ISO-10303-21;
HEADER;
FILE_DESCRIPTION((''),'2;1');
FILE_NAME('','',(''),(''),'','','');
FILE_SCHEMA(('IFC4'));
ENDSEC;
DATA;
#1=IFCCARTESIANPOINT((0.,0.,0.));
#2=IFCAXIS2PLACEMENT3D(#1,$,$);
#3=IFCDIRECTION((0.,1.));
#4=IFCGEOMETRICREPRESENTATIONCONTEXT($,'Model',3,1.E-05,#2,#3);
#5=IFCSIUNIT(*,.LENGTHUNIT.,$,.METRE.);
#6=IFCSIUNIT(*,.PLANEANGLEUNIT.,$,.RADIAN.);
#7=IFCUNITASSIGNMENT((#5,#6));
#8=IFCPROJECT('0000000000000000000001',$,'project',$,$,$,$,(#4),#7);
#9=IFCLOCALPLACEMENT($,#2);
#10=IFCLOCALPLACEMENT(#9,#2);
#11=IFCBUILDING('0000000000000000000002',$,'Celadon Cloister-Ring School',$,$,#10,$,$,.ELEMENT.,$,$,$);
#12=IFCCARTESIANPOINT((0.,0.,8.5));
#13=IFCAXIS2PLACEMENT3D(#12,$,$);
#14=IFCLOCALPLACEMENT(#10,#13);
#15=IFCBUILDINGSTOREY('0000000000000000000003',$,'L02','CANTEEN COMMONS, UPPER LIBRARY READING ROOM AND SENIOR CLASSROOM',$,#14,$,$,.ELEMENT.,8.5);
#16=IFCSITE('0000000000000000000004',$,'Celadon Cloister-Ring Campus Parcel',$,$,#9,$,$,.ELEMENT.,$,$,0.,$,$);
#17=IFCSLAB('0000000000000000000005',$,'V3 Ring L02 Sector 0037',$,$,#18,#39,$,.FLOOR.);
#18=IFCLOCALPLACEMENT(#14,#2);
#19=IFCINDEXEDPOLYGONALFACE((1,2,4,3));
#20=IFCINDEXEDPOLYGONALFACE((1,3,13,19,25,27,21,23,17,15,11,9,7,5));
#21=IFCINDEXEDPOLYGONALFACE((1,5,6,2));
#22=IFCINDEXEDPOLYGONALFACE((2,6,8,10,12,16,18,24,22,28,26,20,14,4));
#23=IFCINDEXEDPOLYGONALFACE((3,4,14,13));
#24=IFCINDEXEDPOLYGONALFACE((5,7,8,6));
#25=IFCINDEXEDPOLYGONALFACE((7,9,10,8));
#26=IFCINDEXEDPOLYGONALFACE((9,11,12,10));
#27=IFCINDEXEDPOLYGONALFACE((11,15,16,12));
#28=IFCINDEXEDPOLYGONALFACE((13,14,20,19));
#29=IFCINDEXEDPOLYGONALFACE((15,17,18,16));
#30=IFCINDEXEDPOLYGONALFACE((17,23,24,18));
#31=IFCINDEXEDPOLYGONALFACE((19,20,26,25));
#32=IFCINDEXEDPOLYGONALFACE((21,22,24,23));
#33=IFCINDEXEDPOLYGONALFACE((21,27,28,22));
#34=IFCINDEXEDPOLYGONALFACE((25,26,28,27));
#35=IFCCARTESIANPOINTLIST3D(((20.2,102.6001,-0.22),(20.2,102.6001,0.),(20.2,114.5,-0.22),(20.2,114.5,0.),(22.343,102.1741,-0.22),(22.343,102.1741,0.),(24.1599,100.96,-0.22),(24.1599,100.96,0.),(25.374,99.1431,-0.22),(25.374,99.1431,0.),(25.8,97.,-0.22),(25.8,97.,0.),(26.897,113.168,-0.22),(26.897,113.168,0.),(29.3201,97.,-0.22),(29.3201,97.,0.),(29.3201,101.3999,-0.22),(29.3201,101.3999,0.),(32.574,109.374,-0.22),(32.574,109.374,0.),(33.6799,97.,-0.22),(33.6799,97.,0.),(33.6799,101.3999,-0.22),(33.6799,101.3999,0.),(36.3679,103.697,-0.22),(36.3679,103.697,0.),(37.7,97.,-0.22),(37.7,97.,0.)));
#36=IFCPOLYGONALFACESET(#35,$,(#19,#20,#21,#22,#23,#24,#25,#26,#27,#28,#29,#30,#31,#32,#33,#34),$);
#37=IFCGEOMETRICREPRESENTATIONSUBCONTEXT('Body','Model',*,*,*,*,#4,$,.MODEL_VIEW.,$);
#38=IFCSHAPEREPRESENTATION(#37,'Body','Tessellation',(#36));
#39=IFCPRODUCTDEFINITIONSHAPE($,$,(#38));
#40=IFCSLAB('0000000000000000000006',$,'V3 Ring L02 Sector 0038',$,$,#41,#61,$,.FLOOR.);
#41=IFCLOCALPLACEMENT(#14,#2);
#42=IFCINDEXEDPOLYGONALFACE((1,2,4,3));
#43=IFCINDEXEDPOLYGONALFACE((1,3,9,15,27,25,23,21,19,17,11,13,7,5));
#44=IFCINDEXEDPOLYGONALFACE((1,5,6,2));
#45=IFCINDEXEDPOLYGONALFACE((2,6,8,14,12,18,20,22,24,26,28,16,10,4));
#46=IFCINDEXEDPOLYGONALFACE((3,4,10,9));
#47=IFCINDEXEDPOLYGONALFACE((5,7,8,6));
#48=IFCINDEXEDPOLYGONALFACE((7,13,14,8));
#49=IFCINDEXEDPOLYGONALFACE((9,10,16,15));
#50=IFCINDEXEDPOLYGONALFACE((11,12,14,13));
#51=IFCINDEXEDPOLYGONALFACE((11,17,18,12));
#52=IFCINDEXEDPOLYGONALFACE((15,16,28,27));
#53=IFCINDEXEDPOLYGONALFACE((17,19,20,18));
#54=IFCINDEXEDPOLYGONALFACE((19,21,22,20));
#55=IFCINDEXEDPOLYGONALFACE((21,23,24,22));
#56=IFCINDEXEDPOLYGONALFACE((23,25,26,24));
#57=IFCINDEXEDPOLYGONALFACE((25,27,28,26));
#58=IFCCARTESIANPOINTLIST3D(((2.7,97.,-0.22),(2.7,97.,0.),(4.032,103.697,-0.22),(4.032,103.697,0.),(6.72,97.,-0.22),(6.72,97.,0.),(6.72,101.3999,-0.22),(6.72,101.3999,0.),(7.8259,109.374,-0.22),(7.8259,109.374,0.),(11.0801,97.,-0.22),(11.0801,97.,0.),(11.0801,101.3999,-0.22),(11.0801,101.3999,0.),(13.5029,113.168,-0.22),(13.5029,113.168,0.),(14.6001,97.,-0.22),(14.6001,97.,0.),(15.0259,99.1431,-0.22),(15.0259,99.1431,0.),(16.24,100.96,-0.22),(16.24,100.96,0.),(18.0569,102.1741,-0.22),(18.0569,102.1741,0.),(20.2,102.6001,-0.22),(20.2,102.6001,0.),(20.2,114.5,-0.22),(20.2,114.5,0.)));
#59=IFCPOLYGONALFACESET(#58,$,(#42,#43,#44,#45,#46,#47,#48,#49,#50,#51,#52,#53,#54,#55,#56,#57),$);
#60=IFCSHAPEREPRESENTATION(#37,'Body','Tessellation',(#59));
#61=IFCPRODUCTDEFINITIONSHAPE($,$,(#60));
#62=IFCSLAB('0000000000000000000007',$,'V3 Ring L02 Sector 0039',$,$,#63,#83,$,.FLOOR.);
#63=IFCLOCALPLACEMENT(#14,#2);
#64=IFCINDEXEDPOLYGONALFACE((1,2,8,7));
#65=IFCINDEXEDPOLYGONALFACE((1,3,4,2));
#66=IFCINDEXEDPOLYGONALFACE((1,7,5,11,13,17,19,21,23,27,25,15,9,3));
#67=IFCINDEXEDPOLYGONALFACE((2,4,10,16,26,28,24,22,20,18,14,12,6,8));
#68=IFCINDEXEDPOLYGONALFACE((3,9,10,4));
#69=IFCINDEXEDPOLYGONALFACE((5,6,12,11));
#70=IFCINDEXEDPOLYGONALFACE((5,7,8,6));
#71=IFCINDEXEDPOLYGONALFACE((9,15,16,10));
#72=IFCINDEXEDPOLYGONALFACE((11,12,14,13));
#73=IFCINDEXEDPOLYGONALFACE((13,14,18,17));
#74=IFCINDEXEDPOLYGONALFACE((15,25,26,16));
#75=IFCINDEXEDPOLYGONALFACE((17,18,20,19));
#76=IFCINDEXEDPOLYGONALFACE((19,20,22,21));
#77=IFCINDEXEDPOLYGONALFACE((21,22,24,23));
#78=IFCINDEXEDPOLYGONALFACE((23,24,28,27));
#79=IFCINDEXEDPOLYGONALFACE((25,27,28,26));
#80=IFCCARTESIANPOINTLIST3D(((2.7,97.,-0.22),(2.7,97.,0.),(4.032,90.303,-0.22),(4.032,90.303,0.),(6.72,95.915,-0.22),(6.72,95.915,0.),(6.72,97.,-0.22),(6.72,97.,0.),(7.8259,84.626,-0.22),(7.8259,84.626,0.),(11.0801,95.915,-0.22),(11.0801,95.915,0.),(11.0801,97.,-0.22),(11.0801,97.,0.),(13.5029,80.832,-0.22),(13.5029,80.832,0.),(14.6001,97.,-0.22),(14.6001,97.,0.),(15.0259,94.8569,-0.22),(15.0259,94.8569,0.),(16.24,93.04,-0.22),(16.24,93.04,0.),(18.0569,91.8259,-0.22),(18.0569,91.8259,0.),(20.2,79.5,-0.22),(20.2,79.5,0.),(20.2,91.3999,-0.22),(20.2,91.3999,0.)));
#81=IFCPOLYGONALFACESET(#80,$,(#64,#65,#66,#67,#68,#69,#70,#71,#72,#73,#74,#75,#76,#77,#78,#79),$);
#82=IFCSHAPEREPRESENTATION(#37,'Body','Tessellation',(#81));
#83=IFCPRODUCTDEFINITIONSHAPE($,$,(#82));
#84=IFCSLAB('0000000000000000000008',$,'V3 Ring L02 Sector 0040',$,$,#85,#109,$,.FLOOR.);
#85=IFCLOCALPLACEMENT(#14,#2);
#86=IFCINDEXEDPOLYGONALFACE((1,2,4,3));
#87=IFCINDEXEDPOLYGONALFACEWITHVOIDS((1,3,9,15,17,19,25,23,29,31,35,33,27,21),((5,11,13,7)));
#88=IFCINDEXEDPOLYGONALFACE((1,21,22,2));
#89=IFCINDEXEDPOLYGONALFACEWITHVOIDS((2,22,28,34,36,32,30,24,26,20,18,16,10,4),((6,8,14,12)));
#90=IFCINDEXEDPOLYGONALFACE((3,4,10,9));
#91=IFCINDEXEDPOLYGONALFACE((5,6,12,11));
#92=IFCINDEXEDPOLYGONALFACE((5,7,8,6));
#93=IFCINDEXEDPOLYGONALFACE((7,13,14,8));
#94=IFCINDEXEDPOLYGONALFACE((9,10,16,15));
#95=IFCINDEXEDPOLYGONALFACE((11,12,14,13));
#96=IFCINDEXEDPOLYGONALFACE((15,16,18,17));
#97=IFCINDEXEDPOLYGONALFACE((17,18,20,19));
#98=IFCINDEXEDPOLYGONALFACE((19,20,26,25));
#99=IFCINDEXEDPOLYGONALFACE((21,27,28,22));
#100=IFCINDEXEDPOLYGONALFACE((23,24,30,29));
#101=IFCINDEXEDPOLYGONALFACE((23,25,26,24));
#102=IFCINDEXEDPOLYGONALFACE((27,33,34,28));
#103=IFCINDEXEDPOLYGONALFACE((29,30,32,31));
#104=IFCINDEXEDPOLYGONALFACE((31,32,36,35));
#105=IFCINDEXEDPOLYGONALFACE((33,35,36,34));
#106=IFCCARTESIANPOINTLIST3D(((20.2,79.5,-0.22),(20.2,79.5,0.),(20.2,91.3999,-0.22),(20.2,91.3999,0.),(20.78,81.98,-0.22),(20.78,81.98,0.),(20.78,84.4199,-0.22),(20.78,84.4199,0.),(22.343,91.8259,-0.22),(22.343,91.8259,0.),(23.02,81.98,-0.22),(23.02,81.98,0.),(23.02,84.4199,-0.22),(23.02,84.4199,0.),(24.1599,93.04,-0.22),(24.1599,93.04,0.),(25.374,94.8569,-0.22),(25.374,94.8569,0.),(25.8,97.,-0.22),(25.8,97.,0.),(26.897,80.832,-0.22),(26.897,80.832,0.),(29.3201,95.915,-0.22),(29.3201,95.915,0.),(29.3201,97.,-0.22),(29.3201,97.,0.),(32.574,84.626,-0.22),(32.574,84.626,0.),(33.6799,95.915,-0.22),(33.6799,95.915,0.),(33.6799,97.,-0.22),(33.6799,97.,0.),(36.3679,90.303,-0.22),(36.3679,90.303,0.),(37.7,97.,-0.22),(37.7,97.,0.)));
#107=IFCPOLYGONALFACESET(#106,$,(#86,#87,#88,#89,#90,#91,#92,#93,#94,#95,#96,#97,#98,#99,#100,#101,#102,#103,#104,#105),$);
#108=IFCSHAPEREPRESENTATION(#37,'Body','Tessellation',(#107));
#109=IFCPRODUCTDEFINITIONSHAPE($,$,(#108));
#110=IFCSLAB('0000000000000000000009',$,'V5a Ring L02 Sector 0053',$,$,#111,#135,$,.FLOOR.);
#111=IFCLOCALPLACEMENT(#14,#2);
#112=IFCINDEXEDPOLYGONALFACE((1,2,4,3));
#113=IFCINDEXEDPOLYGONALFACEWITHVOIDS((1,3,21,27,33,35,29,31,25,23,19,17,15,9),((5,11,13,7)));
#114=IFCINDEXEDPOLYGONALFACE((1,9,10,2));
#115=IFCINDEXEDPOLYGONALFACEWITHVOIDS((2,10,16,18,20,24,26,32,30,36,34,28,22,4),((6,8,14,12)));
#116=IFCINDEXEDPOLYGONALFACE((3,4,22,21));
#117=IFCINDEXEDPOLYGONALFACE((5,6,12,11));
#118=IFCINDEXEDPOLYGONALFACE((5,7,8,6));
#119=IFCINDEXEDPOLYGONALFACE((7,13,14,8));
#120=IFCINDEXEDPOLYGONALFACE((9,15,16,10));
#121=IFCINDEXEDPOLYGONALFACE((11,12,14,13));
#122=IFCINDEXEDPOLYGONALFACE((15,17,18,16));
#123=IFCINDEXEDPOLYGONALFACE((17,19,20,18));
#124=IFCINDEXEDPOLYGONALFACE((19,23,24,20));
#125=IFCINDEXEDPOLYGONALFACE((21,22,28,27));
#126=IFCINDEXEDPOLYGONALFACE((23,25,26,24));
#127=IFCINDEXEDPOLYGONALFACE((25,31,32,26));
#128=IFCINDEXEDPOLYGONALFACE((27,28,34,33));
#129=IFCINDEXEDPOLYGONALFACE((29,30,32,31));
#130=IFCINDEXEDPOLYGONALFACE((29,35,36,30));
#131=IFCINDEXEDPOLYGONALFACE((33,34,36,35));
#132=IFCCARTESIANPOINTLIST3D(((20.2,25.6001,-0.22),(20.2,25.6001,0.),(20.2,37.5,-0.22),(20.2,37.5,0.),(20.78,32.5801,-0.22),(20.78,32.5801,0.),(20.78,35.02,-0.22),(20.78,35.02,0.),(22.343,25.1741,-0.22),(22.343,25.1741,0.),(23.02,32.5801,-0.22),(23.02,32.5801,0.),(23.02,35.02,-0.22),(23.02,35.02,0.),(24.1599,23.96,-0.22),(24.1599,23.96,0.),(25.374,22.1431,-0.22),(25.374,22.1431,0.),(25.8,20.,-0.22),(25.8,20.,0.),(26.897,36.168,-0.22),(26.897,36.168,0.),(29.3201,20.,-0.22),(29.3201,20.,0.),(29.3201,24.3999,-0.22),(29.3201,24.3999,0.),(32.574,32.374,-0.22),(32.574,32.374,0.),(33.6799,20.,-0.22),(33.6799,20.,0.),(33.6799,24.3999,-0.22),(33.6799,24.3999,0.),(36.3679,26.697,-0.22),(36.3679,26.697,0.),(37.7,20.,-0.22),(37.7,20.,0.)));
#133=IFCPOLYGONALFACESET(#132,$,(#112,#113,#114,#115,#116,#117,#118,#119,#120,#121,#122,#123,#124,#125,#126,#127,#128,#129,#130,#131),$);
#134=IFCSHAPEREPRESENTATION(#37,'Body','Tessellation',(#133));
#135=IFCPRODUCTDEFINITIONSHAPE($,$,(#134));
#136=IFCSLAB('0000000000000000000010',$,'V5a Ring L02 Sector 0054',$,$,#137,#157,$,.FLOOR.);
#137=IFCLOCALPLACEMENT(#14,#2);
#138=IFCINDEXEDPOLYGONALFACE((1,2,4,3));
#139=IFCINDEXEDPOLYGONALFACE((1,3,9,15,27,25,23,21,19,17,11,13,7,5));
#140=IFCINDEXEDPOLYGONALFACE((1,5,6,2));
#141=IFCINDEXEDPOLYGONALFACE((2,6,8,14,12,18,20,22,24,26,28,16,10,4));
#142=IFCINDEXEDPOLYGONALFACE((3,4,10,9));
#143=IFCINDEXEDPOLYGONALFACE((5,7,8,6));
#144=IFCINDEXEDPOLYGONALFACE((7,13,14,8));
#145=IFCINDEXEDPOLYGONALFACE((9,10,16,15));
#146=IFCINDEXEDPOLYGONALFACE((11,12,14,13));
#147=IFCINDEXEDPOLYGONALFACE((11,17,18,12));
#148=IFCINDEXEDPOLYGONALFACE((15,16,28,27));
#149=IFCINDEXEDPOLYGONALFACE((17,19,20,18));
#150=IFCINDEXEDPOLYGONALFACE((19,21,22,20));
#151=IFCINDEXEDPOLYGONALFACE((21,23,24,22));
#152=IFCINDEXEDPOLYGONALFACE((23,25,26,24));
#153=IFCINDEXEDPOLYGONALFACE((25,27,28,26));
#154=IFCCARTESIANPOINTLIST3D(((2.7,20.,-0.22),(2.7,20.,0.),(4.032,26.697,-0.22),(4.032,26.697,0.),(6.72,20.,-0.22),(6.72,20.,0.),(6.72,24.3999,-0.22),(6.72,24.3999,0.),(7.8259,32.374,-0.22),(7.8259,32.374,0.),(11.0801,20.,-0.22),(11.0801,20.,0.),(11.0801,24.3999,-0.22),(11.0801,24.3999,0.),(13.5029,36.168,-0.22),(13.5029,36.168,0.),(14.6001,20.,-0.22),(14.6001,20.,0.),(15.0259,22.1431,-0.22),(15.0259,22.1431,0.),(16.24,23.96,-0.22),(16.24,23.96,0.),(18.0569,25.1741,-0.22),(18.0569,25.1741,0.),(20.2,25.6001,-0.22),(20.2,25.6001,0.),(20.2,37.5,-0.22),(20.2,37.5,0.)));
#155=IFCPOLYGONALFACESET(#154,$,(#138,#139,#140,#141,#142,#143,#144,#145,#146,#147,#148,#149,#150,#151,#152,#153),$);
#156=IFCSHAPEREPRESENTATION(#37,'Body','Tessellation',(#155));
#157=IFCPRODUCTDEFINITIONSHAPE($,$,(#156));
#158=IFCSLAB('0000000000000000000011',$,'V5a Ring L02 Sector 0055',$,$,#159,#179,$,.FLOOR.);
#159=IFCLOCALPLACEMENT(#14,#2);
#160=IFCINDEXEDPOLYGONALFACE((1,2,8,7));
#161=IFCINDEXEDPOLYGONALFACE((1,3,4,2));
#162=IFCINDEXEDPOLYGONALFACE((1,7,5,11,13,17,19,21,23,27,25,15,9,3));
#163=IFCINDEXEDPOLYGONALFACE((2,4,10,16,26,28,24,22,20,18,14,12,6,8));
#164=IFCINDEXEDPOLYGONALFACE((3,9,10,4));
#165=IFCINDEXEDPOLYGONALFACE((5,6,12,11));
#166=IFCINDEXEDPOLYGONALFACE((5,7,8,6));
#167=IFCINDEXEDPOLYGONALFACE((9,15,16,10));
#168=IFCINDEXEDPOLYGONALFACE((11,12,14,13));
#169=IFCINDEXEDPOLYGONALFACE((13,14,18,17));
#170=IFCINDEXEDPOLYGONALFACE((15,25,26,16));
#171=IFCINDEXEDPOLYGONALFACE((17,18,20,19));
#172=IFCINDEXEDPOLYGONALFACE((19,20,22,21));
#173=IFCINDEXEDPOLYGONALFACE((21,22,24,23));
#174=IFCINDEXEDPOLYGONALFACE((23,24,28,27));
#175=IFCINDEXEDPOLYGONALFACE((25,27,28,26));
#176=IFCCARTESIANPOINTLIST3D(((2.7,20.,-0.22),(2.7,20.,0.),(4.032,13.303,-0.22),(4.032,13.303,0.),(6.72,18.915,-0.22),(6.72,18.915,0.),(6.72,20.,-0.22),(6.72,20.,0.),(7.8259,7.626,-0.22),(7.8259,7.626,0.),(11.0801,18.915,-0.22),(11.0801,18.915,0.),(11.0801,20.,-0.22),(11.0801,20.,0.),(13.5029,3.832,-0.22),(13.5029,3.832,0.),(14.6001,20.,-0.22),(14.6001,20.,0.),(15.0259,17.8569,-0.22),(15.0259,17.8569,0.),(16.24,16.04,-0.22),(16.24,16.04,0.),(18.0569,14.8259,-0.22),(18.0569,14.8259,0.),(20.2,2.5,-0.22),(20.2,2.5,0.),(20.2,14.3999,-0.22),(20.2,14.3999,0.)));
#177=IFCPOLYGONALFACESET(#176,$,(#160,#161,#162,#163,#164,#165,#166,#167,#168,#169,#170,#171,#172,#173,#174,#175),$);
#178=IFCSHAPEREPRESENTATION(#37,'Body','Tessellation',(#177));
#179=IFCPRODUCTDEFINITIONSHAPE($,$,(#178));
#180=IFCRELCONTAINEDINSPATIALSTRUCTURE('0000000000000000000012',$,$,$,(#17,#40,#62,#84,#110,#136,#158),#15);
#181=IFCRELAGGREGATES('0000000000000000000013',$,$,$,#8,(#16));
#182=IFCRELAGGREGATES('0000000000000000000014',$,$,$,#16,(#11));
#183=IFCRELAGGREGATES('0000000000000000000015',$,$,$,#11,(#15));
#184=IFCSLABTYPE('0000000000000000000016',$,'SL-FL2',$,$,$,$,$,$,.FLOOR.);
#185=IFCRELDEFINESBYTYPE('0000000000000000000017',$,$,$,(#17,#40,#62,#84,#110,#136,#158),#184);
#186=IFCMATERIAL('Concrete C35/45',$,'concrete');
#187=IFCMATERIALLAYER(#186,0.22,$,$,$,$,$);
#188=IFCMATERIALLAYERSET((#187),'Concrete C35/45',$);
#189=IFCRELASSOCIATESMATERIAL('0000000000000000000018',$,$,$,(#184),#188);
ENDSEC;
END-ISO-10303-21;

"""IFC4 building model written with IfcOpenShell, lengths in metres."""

from ifc_helpers import new_model, si_unit, direction, frame, origin, place, context, subcontext, project, spatial, polyline, outline, extrude, material, layer, layer_set, type_object, element, save


model = new_model("IFC4")

# Units and contexts
model_context = context("Model", 3, precision=1e-05, world=origin(), true_north=direction((0.0, 1.0)))
body_context = subcontext(model_context, "Body", "Model", "MODEL_VIEW")
ifc_project = project(units=[si_unit("LENGTHUNIT", "METRE"), si_unit("PLANEANGLEUNIT", "RADIAN")], contexts=[model_context])

# Site, building, storey
site_placement = place(None, origin())
site = spatial("IfcSite", under=ifc_project, at=site_placement, Name="Celadon Cloister-Ring Campus Parcel", CompositionType="ELEMENT", RefElevation=0.0)
building_placement = place(site_placement, origin())
building = spatial("IfcBuilding", under=site, at=building_placement, Name="Celadon Cloister-Ring School", CompositionType="ELEMENT")
storey_placement = place(building_placement, frame((0.0, 0.0, 8.5)))
storey = spatial("IfcBuildingStorey", under=building, at=storey_placement, Name="L02", Description="CANTEEN COMMONS, UPPER LIBRARY READING ROOM AND SENIOR CLASSROOM", CompositionType="ELEMENT", Elevation=8.5)

# Slabs
ifc_material_1 = material(Name="Concrete C35/45", Category="concrete")
ifc_layer_1 = layer(ifc_material_1, 0.22)
ifc_layer_set_1 = layer_set([ifc_layer_1], Name="Concrete C35/45")
slab_type_1 = type_object("IfcSlabType", Name="SL-FL2", PredefinedType="FLOOR", material=ifc_layer_set_1)
slab_1_placement = place(storey_placement, frame((0.0, 0.0, -0.22)))
element("IfcSlab", 1, at=slab_1_placement, inside=storey, type_object=slab_type_1, Name="V3 Ring L02 Sector 0037", PredefinedType="FLOOR", context=body_context, shape_type="SweptSolid", body=[
    extrude(outline(polyline([(25.8, 97.0), (25.374, 99.1431), (24.1599, 100.96), (22.343, 102.1741), (20.2, 102.6001), (20.2, 114.5), (26.897, 113.168), (32.574, 109.374), (36.3679, 103.697), (37.7, 97.0), (33.6799, 97.0), (33.6799, 101.3999), (29.3201, 101.3999), (29.3201, 97.0), (25.8, 97.0)])), origin(), (0.0, 0.0, 1.0), 0.22),
])
slab_2_placement = place(storey_placement, frame((0.0, 0.0, -0.22)))
element("IfcSlab", 2, at=slab_2_placement, inside=storey, type_object=slab_type_1, Name="V3 Ring L02 Sector 0038", PredefinedType="FLOOR", context=body_context, shape_type="SweptSolid", body=[
    extrude(outline(polyline([(2.7, 97.0), (4.032, 103.697), (7.8259, 109.374), (13.5029, 113.168), (20.2, 114.5), (20.2, 102.6001), (18.0569, 102.1741), (16.24, 100.96), (15.0259, 99.1431), (14.6001, 97.0), (11.0801, 97.0), (11.0801, 101.3999), (6.72, 101.3999), (6.72, 97.0), (2.7, 97.0)])), origin(), (0.0, 0.0, 1.0), 0.22),
])
slab_3_placement = place(storey_placement, frame((0.0, 0.0, -0.22)))
element("IfcSlab", 3, at=slab_3_placement, inside=storey, type_object=slab_type_1, Name="V3 Ring L02 Sector 0039", PredefinedType="FLOOR", context=body_context, shape_type="SweptSolid", body=[
    extrude(outline(polyline([(14.6001, 97.0), (15.0259, 94.8569), (16.24, 93.04), (18.0569, 91.8259), (20.2, 91.3999), (20.2, 79.5), (13.5029, 80.832), (7.8259, 84.626), (4.032, 90.303), (2.7, 97.0), (6.72, 97.0), (6.72, 95.915), (11.0801, 95.915), (11.0801, 97.0), (14.6001, 97.0)])), origin(), (0.0, 0.0, 1.0), 0.22),
])
slab_4_placement = place(storey_placement, frame((0.0, 0.0, -0.22)))
element("IfcSlab", 4, at=slab_4_placement, inside=storey, type_object=slab_type_1, Name="V3 Ring L02 Sector 0040", PredefinedType="FLOOR", context=body_context, shape_type="SweptSolid", body=[
    extrude(outline(polyline([(37.7, 97.0), (36.3679, 90.303), (32.574, 84.626), (26.897, 80.832), (20.2, 79.5), (20.2, 91.3999), (22.343, 91.8259), (24.1599, 93.04), (25.374, 94.8569), (25.8, 97.0), (29.3201, 97.0), (29.3201, 95.915), (33.6799, 95.915), (33.6799, 97.0), (37.7, 97.0)]), holes=[polyline([(20.78, 81.98), (23.02, 81.98), (23.02, 84.4199), (20.78, 84.4199), (20.78, 81.98)])]), origin(), (0.0, 0.0, 1.0), 0.22),
])
slab_5_placement = place(storey_placement, frame((0.0, 0.0, -0.22)))
element("IfcSlab", 5, at=slab_5_placement, inside=storey, type_object=slab_type_1, Name="V5a Ring L02 Sector 0053", PredefinedType="FLOOR", context=body_context, shape_type="SweptSolid", body=[
    extrude(outline(polyline([(25.8, 20.0), (25.374, 22.1431), (24.1599, 23.96), (22.343, 25.1741), (20.2, 25.6001), (20.2, 37.5), (26.897, 36.168), (32.574, 32.374), (36.3679, 26.697), (37.7, 20.0), (33.6799, 20.0), (33.6799, 24.3999), (29.3201, 24.3999), (29.3201, 20.0), (25.8, 20.0)]), holes=[polyline([(23.02, 32.5801), (23.02, 35.02), (20.78, 35.02), (20.78, 32.5801), (23.02, 32.5801)])]), origin(), (0.0, 0.0, 1.0), 0.22),
])
slab_6_placement = place(storey_placement, frame((0.0, 0.0, -0.22)))
element("IfcSlab", 6, at=slab_6_placement, inside=storey, type_object=slab_type_1, Name="V5a Ring L02 Sector 0054", PredefinedType="FLOOR", context=body_context, shape_type="SweptSolid", body=[
    extrude(outline(polyline([(2.7, 20.0), (4.032, 26.697), (7.8259, 32.374), (13.5029, 36.168), (20.2, 37.5), (20.2, 25.6001), (18.0569, 25.1741), (16.24, 23.96), (15.0259, 22.1431), (14.6001, 20.0), (11.0801, 20.0), (11.0801, 24.3999), (6.72, 24.3999), (6.72, 20.0), (2.7, 20.0)])), origin(), (0.0, 0.0, 1.0), 0.22),
])
slab_7_placement = place(storey_placement, frame((0.0, 0.0, -0.22)))
element("IfcSlab", 7, at=slab_7_placement, inside=storey, type_object=slab_type_1, Name="V5a Ring L02 Sector 0055", PredefinedType="FLOOR", context=body_context, shape_type="SweptSolid", body=[
    extrude(outline(polyline([(14.6001, 20.0), (15.0259, 17.8569), (16.24, 16.04), (18.0569, 14.8259), (20.2, 14.3999), (20.2, 2.5), (13.5029, 3.832), (7.8259, 7.626), (4.032, 13.303), (2.7, 20.0), (6.72, 20.0), (6.72, 18.915), (11.0801, 18.915), (11.0801, 20.0), (14.6001, 20.0)])), origin(), (0.0, 0.0, 1.0), 0.22),
])

save(model, "model.ifc")
